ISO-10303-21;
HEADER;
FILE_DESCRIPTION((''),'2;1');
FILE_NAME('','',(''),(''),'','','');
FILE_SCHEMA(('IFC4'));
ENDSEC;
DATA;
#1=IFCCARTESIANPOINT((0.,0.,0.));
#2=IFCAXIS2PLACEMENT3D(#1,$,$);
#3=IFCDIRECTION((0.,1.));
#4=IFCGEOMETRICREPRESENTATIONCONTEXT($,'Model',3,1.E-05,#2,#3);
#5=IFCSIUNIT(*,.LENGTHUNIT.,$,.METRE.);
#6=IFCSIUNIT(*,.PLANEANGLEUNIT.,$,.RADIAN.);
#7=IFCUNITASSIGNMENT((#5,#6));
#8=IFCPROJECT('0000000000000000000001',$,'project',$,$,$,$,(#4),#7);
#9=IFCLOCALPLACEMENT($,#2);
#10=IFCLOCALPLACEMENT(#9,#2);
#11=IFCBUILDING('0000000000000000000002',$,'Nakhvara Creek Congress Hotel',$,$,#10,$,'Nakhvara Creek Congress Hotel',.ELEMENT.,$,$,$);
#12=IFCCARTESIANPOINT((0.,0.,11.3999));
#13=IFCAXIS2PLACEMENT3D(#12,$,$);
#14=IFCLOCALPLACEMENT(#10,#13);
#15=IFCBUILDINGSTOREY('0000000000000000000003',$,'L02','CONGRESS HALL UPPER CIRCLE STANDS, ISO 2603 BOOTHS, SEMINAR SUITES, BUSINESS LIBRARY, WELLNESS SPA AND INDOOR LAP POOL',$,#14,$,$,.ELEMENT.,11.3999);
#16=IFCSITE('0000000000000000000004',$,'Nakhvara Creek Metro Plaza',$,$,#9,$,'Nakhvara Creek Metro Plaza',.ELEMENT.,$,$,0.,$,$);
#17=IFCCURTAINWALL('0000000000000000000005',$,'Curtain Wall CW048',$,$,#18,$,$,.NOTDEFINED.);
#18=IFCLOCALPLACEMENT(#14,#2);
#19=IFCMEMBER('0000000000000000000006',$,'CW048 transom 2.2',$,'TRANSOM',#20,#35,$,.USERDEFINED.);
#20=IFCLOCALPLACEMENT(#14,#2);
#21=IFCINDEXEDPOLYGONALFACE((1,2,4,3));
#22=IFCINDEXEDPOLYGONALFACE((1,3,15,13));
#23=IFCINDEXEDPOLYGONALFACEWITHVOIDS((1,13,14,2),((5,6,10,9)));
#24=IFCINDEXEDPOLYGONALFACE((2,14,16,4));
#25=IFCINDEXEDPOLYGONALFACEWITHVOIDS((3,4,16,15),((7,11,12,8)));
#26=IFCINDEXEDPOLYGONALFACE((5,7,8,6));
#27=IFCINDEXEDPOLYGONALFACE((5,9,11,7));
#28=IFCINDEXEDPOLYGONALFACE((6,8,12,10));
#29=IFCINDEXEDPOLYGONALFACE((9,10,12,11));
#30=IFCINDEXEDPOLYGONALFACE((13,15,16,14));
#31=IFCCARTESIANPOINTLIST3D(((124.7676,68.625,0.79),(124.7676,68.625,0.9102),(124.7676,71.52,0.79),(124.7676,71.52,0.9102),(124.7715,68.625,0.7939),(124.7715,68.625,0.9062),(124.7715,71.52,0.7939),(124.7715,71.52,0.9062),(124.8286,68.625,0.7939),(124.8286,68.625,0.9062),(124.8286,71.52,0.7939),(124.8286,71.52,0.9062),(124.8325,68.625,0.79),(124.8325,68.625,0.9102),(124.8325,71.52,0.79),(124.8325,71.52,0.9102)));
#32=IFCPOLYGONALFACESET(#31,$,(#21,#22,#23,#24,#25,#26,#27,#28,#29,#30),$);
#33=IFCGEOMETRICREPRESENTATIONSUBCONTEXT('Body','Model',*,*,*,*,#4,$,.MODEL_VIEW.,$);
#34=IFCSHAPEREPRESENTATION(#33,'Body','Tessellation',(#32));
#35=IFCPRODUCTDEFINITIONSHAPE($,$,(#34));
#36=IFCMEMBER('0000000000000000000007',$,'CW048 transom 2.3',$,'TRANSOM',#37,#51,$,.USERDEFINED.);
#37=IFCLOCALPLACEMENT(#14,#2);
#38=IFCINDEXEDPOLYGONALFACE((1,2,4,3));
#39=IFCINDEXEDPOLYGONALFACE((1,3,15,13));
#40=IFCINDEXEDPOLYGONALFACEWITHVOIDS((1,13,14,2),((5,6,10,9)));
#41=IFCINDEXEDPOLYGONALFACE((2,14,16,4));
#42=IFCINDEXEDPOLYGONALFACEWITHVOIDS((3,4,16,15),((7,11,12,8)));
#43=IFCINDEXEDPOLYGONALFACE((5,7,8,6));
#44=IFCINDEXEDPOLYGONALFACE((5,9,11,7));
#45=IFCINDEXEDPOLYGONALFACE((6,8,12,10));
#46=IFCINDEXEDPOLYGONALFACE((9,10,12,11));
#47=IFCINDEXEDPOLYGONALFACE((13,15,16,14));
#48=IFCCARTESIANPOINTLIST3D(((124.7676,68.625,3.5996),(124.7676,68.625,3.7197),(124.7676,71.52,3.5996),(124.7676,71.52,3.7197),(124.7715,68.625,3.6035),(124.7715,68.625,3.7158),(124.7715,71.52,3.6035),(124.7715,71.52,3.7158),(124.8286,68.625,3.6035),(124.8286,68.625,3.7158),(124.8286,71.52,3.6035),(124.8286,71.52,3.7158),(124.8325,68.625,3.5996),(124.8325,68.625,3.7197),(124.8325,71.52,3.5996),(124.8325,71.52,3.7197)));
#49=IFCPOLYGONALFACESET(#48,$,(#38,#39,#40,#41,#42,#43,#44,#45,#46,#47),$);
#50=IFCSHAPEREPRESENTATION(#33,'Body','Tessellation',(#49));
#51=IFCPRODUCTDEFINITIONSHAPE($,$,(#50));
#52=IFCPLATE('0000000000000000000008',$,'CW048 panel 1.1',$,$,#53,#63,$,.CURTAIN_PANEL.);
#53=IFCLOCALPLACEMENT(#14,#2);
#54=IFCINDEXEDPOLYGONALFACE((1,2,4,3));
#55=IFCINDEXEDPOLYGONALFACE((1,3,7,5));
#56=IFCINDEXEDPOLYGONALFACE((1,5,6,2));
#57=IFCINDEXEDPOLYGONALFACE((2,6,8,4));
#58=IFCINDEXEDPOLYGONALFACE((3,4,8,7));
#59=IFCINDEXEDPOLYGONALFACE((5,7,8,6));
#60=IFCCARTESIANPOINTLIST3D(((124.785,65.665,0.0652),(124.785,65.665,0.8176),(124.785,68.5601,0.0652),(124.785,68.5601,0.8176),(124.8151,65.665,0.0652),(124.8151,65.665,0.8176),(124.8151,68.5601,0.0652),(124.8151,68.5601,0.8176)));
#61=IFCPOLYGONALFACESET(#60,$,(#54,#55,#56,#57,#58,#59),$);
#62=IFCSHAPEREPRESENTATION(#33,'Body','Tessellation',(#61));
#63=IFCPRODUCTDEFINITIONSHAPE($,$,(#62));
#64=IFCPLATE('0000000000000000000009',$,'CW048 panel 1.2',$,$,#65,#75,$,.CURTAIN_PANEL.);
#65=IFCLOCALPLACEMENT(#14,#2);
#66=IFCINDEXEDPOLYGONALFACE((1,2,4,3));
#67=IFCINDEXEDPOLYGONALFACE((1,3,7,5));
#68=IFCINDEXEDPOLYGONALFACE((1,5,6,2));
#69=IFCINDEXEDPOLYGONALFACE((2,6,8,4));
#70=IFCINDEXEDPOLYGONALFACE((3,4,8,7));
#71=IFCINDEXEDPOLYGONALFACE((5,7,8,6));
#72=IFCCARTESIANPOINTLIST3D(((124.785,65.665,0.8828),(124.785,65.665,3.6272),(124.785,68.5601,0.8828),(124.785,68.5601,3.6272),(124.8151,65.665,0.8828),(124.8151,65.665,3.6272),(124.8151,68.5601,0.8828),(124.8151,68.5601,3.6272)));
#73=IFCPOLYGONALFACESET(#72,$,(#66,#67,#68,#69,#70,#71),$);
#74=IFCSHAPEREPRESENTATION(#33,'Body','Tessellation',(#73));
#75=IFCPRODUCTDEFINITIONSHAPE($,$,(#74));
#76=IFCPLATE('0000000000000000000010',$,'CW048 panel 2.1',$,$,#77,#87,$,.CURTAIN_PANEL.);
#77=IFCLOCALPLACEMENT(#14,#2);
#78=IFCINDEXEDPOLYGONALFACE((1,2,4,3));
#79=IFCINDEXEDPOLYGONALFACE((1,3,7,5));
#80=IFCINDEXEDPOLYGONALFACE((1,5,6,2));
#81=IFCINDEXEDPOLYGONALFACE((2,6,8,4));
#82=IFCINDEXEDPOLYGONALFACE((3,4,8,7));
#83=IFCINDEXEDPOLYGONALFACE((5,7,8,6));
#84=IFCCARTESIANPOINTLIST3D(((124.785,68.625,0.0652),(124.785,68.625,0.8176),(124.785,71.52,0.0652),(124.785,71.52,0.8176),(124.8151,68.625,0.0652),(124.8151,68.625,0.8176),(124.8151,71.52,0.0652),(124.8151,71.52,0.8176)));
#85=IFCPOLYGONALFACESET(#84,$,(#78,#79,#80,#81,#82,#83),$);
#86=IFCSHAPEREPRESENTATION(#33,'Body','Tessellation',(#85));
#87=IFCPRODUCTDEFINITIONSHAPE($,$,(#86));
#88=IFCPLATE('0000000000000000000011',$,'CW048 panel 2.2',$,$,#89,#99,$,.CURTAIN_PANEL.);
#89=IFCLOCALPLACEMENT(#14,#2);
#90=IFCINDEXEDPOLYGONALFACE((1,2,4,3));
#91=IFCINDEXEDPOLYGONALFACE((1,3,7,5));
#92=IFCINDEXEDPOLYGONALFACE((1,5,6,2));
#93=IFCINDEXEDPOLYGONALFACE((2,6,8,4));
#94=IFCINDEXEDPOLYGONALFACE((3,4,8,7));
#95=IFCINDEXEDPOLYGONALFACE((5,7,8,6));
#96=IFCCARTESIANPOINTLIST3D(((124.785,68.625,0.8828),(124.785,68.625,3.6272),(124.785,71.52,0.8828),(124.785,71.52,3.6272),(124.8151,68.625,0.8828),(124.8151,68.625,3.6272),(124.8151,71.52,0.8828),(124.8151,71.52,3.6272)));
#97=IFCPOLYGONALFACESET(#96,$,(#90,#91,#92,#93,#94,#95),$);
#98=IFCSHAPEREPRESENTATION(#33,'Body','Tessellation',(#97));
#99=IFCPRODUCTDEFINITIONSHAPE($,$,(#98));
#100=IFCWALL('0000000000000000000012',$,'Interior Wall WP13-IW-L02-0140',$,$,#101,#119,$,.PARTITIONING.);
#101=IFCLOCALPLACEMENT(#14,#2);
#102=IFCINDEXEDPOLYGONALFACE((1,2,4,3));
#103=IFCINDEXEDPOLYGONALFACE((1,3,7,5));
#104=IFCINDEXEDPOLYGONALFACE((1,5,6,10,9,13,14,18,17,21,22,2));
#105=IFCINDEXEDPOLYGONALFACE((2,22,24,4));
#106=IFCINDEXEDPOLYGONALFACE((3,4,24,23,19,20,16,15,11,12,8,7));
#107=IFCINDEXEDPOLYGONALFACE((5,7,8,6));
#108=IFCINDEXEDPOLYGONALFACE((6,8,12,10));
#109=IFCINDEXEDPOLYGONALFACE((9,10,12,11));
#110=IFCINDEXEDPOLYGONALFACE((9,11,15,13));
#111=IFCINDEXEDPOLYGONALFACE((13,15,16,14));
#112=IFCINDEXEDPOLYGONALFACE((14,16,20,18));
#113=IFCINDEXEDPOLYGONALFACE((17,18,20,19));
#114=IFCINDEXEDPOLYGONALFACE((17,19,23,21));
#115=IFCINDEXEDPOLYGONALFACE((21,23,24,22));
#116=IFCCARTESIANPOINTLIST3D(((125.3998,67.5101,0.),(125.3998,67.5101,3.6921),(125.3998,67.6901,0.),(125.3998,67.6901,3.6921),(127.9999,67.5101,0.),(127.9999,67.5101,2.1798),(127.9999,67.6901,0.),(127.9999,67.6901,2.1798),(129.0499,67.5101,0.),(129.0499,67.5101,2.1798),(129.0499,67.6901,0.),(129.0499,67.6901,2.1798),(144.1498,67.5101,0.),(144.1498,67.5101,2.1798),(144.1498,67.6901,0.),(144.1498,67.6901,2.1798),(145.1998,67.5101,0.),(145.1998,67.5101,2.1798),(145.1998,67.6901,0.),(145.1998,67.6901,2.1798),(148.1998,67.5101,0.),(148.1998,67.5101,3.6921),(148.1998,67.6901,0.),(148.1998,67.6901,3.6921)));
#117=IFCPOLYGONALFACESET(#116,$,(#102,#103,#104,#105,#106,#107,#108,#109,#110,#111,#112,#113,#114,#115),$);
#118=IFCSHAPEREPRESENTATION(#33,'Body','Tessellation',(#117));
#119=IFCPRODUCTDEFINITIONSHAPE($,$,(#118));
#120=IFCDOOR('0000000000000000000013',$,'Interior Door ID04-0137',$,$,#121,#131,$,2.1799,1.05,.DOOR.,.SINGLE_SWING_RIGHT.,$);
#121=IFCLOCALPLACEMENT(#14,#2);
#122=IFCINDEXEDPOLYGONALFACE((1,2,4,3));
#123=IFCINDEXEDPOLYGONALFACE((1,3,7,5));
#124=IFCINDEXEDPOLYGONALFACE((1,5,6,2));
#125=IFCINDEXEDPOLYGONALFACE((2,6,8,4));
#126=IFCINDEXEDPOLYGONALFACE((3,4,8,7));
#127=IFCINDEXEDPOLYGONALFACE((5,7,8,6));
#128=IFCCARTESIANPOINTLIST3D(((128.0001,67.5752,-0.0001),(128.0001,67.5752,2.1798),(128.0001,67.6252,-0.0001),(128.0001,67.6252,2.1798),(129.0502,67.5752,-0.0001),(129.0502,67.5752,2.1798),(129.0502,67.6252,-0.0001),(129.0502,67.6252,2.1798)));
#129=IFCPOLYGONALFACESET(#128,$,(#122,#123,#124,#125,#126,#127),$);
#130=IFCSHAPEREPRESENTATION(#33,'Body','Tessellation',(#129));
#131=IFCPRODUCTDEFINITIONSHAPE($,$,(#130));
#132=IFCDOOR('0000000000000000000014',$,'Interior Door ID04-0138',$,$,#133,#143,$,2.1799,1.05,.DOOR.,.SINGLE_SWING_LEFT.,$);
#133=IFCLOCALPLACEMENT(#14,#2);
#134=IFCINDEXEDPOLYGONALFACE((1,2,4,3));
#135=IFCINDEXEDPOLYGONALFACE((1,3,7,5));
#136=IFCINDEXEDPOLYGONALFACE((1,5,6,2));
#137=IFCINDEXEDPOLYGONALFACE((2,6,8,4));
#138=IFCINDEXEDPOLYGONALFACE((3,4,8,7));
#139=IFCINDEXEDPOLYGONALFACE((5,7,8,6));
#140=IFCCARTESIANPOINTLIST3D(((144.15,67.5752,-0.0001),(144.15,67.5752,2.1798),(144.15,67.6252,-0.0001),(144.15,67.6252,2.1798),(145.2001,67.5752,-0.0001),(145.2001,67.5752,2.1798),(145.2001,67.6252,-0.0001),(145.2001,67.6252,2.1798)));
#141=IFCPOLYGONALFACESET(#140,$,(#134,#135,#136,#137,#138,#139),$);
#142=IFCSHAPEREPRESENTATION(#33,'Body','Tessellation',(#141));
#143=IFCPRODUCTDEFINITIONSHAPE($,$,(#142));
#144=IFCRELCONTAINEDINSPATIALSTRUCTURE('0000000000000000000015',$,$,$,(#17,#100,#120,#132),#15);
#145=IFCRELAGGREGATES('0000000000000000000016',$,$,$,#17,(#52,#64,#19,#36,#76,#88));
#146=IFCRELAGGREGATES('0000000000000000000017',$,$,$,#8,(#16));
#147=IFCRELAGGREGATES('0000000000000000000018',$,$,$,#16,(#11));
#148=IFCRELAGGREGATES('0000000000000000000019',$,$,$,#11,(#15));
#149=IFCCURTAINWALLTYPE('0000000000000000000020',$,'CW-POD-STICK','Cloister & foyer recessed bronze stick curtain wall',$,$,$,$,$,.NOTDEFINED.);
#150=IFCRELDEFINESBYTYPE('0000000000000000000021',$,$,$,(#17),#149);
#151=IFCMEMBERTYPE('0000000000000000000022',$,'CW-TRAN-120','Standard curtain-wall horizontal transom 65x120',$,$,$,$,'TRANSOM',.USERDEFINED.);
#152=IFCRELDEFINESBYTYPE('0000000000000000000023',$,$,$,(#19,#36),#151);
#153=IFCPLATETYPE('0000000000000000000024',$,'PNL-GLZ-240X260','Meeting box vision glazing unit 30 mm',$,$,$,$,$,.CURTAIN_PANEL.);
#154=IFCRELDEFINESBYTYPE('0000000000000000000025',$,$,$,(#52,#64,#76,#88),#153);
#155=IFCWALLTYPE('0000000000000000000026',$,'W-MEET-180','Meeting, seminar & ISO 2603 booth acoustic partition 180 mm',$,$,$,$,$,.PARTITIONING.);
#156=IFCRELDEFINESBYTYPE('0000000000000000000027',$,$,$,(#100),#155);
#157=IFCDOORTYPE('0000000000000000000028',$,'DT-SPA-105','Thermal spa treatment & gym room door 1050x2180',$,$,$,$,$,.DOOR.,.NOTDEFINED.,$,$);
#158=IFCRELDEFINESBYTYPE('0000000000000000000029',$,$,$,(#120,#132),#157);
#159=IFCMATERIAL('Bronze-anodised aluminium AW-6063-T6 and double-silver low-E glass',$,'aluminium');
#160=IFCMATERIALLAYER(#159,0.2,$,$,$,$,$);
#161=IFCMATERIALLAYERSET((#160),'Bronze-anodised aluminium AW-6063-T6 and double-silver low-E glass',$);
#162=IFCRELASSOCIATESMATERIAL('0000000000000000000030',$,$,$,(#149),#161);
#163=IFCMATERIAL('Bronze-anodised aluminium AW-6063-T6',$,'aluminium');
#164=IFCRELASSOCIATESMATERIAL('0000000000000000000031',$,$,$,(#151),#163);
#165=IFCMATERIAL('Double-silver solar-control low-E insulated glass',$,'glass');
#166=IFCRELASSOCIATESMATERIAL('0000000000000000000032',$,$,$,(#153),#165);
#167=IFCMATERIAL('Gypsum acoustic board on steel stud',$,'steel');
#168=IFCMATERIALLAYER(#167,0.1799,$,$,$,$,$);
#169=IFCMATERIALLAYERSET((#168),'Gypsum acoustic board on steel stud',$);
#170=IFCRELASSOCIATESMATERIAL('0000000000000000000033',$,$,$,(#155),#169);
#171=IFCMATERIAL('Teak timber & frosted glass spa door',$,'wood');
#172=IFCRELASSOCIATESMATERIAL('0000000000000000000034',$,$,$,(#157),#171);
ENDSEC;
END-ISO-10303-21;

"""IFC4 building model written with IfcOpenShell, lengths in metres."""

from ifc_helpers import new_model, si_unit, direction, frame, frame_2d, origin, origin_2d, place, context, subcontext, project, spatial, rectangle, hollow_rectangle, extrude, material, layer, layer_set, material_profile, profile_set, type_object, element, fill, aggregate, save


model = new_model("IFC4")

# Units and contexts
model_context = context("Model", 3, precision=1e-05, world=origin(), true_north=direction((0.0, 1.0)))
body_context = subcontext(model_context, "Body", "Model", "MODEL_VIEW")
ifc_project = project(units=[si_unit("LENGTHUNIT", "METRE"), si_unit("PLANEANGLEUNIT", "RADIAN")], contexts=[model_context])

# Site, building, storey
site_placement = place(None, origin())
site = spatial("IfcSite", under=ifc_project, at=site_placement, Name="Nakhvara Creek Metro Plaza", LongName="Nakhvara Creek Metro Plaza", CompositionType="ELEMENT", RefElevation=0.0)
building_placement = place(site_placement, origin())
building = spatial("IfcBuilding", under=site, at=building_placement, Name="Nakhvara Creek Congress Hotel", LongName="Nakhvara Creek Congress Hotel", CompositionType="ELEMENT")
storey_placement = place(building_placement, frame((0.0, 0.0, 11.3999)))
storey = spatial("IfcBuildingStorey", under=building, at=storey_placement, Name="L02", Description="CONGRESS HALL UPPER CIRCLE STANDS, ISO 2603 BOOTHS, SEMINAR SUITES, BUSINESS LIBRARY, WELLNESS SPA AND INDOOR LAP POOL", CompositionType="ELEMENT", Elevation=11.3999)

# Shared definitions
ifc_material_1 = material(Name="Bronze-anodised aluminium AW-6063-T6 and double-silver low-E glass", Category="aluminium")
ifc_layer_1 = layer(ifc_material_1, 0.2)
ifc_layer_set_1 = layer_set([ifc_layer_1], Name="Bronze-anodised aluminium AW-6063-T6 and double-silver low-E glass")
curtain_wall_type = type_object("IfcCurtainWallType", Name="CW-POD-STICK", Description="Cloister & foyer recessed bronze stick curtain wall", PredefinedType="NOTDEFINED", material=ifc_layer_set_1)
ifc_material_2 = material(Name="Bronze-anodised aluminium AW-6063-T6", Category="aluminium")

# Curtain wall, members, plates
curtain_wall_1_placement = place(storey_placement, origin())
curtain_wall_1 = element("IfcCurtainWall", 1, at=curtain_wall_1_placement, inside=storey, type_object=curtain_wall_type, Name="Curtain Wall CW048", PredefinedType="NOTDEFINED")
ifc_material_profile_1 = material_profile(ifc_material_2, hollow_rectangle(XDim=0.0649, YDim=0.1201, WallThickness=0.0039, at=origin_2d()), Name="ALU-TRAN 65x120x4", Category="LoadBearing")
ifc_profile_set_1 = profile_set([ifc_material_profile_1], Name="Bronze-anodised aluminium AW-6063-T6")
member_type_1 = type_object("IfcMemberType", Name="CW-TRAN-120", Description="Standard curtain-wall horizontal transom 65x120", ElementType="TRANSOM", PredefinedType="USERDEFINED", material=ifc_profile_set_1)
member_1_placement = place(storey_placement, frame((124.8, 68.625, 0.8501), z_axis=(0.0, 1.0, 0.0), x_axis=(-1.0, 0.0, 0.0)))
member_1 = element("IfcMember", 2, at=member_1_placement, type_object=member_type_1, Name="CW048 transom 2.2", ObjectType="TRANSOM", PredefinedType="USERDEFINED", context=body_context, shape_type="SweptSolid", body=[
    extrude(hollow_rectangle(XDim=0.0649, YDim=0.1201, WallThickness=0.0039, at=origin_2d()), origin(), (0.0, 0.0, 1.0), 2.895),
])
member_2_placement = place(storey_placement, frame((124.8, 68.625, 3.6597), z_axis=(0.0, 1.0, 0.0), x_axis=(-1.0, 0.0, 0.0)))
member_2 = element("IfcMember", 3, at=member_2_placement, type_object=member_type_1, Name="CW048 transom 2.3", ObjectType="TRANSOM", PredefinedType="USERDEFINED", context=body_context, shape_type="SweptSolid", body=[
    extrude(hollow_rectangle(XDim=0.0649, YDim=0.1201, WallThickness=0.0039, at=origin_2d()), origin(), (0.0, 0.0, 1.0), 2.895),
])
ifc_material_3 = material(Name="Double-silver solar-control low-E insulated glass", Category="glass")
plate_type = type_object("IfcPlateType", Name="PNL-GLZ-240X260", Description="Meeting box vision glazing unit 30 mm", PredefinedType="CURTAIN_PANEL", material=ifc_material_3)
plate_1_placement = place(storey_placement, frame((124.8, 67.1125, 0.0652), z_axis=(0.0, 0.0, 1.0), x_axis=(0.0, 1.0, 0.0)))
plate_1 = element("IfcPlate", 4, at=plate_1_placement, type_object=plate_type, Name="CW048 panel 1.1", PredefinedType="CURTAIN_PANEL", context=body_context, shape_type="SweptSolid", body=[
    extrude(rectangle(XDim=2.895, YDim=0.03, at=origin_2d()), origin(), (0.0, 0.0, 1.0), 0.7524),
])
plate_2_placement = place(storey_placement, frame((124.8, 67.1125, 0.8828), z_axis=(0.0, 0.0, 1.0), x_axis=(0.0, 1.0, 0.0)))
plate_2 = element("IfcPlate", 5, at=plate_2_placement, type_object=plate_type, Name="CW048 panel 1.2", PredefinedType="CURTAIN_PANEL", context=body_context, shape_type="SweptSolid", body=[
    extrude(rectangle(XDim=2.895, YDim=0.03, at=origin_2d()), origin(), (0.0, 0.0, 1.0), 2.7444),
])
plate_3_placement = place(storey_placement, frame((124.8, 70.0725, 0.0652), z_axis=(0.0, 0.0, 1.0), x_axis=(0.0, 1.0, 0.0)))
plate_3 = element("IfcPlate", 6, at=plate_3_placement, type_object=plate_type, Name="CW048 panel 2.1", PredefinedType="CURTAIN_PANEL", context=body_context, shape_type="SweptSolid", body=[
    extrude(rectangle(XDim=2.895, YDim=0.03, at=origin_2d()), origin(), (0.0, 0.0, 1.0), 0.7524),
])
plate_4_placement = place(storey_placement, frame((124.8, 70.0725, 0.8828), z_axis=(0.0, 0.0, 1.0), x_axis=(0.0, 1.0, 0.0)))
plate_4 = element("IfcPlate", 7, at=plate_4_placement, type_object=plate_type, Name="CW048 panel 2.2", PredefinedType="CURTAIN_PANEL", context=body_context, shape_type="SweptSolid", body=[
    extrude(rectangle(XDim=2.895, YDim=0.03, at=origin_2d()), origin(), (0.0, 0.0, 1.0), 2.7444),
])
aggregate(curtain_wall_1, [plate_1, plate_2, member_1, member_2, plate_3, plate_4])

# Wall, openings, doors
ifc_material_4 = material(Name="Gypsum acoustic board on steel stud", Category="steel")
ifc_layer_2 = layer(ifc_material_4, 0.1799)
ifc_layer_set_2 = layer_set([ifc_layer_2], Name="Gypsum acoustic board on steel stud")
wall_type = type_object("IfcWallType", Name="W-MEET-180", Description="Meeting, seminar & ISO 2603 booth acoustic partition 180 mm", PredefinedType="PARTITIONING", material=ifc_layer_set_2)
wall_placement = place(storey_placement, frame((125.3999, 67.6001, 0.0), z_axis=(0.0, 0.0, 1.0), x_axis=(1.0, 0.0, 0.0)))
wall = element("IfcWall", 8, at=wall_placement, inside=storey, type_object=wall_type, Name="Interior Wall WP13-IW-L02-0140", PredefinedType="PARTITIONING", context=body_context, shape_type="SweptSolid", body=[
    extrude(rectangle(XDim=22.8, YDim=0.1799, at=frame_2d((11.3999, 0.0))), origin(), (0.0, 0.0, 1.0), 3.6921),
])
opening_1_placement = place(wall_placement, frame((2.6001, 0.0, 0.0)))
opening_1 = element("IfcOpeningElement", 9, at=opening_1_placement, cuts=wall, PredefinedType="OPENING", context=body_context, shape_type="SweptSolid", body=[
    extrude(rectangle(XDim=1.05, YDim=2.1799, at=frame_2d((0.5249, 1.0898))), frame((0.0, 0.1021, 0.0), z_axis=(0.0, -1.0, 0.0), x_axis=(1.0, 0.0, 0.0)), (0.0, 0.0, 1.0), 0.2039),
])
opening_2_placement = place(wall_placement, frame((18.75, 0.0, 0.0)))
opening_2 = element("IfcOpeningElement", 10, at=opening_2_placement, cuts=wall, PredefinedType="OPENING", context=body_context, shape_type="SweptSolid", body=[
    extrude(rectangle(XDim=1.05, YDim=2.1799, at=frame_2d((0.5249, 1.0898))), frame((0.0, 0.1021, 0.0), z_axis=(0.0, -1.0, 0.0), x_axis=(1.0, 0.0, 0.0)), (0.0, 0.0, 1.0), 0.2039),
])
ifc_material_5 = material(Name="Teak timber & frosted glass spa door", Category="wood")
door_type = type_object("IfcDoorType", Name="DT-SPA-105", Description="Thermal spa treatment & gym room door 1050x2180", OperationType="NOTDEFINED", PredefinedType="DOOR", material=ifc_material_5)
door_1_placement = place(opening_1_placement, frame((1.05, 0.0, 0.0), z_axis=(0.0, 0.0, 1.0), x_axis=(-1.0, 0.0, 0.0)))
door_1 = element("IfcDoor", 11, at=door_1_placement, inside=storey, type_object=door_type, Name="Interior Door ID04-0137", OperationType="SINGLE_SWING_RIGHT", OverallHeight=2.1799, OverallWidth=1.05, PredefinedType="DOOR", context=body_context, shape_type="SweptSolid", body=[
    extrude(rectangle(XDim=1.05, YDim=2.1799, at=frame_2d((0.5249, 1.0898))), frame((0.0, 0.0249, 0.0), z_axis=(0.0, -1.0, 0.0), x_axis=(1.0, 0.0, 0.0)), (0.0, 0.0, 1.0), 0.05),
])
fill(opening_1, door_1)
door_2_placement = place(opening_2_placement, frame((1.05, 0.0, 0.0), z_axis=(0.0, 0.0, 1.0), x_axis=(-1.0, 0.0, 0.0)))
door_2 = element("IfcDoor", 12, at=door_2_placement, inside=storey, type_object=door_type, Name="Interior Door ID04-0138", OperationType="SINGLE_SWING_LEFT", OverallHeight=2.1799, OverallWidth=1.05, PredefinedType="DOOR", context=body_context, shape_type="SweptSolid", body=[
    extrude(rectangle(XDim=1.05, YDim=2.1799, at=frame_2d((0.5249, 1.0898))), frame((0.0, 0.0249, 0.0), z_axis=(0.0, -1.0, 0.0), x_axis=(1.0, 0.0, 0.0)), (0.0, 0.0, 1.0), 0.05),
])
fill(opening_2, door_2)

save(model, "model.ifc")
